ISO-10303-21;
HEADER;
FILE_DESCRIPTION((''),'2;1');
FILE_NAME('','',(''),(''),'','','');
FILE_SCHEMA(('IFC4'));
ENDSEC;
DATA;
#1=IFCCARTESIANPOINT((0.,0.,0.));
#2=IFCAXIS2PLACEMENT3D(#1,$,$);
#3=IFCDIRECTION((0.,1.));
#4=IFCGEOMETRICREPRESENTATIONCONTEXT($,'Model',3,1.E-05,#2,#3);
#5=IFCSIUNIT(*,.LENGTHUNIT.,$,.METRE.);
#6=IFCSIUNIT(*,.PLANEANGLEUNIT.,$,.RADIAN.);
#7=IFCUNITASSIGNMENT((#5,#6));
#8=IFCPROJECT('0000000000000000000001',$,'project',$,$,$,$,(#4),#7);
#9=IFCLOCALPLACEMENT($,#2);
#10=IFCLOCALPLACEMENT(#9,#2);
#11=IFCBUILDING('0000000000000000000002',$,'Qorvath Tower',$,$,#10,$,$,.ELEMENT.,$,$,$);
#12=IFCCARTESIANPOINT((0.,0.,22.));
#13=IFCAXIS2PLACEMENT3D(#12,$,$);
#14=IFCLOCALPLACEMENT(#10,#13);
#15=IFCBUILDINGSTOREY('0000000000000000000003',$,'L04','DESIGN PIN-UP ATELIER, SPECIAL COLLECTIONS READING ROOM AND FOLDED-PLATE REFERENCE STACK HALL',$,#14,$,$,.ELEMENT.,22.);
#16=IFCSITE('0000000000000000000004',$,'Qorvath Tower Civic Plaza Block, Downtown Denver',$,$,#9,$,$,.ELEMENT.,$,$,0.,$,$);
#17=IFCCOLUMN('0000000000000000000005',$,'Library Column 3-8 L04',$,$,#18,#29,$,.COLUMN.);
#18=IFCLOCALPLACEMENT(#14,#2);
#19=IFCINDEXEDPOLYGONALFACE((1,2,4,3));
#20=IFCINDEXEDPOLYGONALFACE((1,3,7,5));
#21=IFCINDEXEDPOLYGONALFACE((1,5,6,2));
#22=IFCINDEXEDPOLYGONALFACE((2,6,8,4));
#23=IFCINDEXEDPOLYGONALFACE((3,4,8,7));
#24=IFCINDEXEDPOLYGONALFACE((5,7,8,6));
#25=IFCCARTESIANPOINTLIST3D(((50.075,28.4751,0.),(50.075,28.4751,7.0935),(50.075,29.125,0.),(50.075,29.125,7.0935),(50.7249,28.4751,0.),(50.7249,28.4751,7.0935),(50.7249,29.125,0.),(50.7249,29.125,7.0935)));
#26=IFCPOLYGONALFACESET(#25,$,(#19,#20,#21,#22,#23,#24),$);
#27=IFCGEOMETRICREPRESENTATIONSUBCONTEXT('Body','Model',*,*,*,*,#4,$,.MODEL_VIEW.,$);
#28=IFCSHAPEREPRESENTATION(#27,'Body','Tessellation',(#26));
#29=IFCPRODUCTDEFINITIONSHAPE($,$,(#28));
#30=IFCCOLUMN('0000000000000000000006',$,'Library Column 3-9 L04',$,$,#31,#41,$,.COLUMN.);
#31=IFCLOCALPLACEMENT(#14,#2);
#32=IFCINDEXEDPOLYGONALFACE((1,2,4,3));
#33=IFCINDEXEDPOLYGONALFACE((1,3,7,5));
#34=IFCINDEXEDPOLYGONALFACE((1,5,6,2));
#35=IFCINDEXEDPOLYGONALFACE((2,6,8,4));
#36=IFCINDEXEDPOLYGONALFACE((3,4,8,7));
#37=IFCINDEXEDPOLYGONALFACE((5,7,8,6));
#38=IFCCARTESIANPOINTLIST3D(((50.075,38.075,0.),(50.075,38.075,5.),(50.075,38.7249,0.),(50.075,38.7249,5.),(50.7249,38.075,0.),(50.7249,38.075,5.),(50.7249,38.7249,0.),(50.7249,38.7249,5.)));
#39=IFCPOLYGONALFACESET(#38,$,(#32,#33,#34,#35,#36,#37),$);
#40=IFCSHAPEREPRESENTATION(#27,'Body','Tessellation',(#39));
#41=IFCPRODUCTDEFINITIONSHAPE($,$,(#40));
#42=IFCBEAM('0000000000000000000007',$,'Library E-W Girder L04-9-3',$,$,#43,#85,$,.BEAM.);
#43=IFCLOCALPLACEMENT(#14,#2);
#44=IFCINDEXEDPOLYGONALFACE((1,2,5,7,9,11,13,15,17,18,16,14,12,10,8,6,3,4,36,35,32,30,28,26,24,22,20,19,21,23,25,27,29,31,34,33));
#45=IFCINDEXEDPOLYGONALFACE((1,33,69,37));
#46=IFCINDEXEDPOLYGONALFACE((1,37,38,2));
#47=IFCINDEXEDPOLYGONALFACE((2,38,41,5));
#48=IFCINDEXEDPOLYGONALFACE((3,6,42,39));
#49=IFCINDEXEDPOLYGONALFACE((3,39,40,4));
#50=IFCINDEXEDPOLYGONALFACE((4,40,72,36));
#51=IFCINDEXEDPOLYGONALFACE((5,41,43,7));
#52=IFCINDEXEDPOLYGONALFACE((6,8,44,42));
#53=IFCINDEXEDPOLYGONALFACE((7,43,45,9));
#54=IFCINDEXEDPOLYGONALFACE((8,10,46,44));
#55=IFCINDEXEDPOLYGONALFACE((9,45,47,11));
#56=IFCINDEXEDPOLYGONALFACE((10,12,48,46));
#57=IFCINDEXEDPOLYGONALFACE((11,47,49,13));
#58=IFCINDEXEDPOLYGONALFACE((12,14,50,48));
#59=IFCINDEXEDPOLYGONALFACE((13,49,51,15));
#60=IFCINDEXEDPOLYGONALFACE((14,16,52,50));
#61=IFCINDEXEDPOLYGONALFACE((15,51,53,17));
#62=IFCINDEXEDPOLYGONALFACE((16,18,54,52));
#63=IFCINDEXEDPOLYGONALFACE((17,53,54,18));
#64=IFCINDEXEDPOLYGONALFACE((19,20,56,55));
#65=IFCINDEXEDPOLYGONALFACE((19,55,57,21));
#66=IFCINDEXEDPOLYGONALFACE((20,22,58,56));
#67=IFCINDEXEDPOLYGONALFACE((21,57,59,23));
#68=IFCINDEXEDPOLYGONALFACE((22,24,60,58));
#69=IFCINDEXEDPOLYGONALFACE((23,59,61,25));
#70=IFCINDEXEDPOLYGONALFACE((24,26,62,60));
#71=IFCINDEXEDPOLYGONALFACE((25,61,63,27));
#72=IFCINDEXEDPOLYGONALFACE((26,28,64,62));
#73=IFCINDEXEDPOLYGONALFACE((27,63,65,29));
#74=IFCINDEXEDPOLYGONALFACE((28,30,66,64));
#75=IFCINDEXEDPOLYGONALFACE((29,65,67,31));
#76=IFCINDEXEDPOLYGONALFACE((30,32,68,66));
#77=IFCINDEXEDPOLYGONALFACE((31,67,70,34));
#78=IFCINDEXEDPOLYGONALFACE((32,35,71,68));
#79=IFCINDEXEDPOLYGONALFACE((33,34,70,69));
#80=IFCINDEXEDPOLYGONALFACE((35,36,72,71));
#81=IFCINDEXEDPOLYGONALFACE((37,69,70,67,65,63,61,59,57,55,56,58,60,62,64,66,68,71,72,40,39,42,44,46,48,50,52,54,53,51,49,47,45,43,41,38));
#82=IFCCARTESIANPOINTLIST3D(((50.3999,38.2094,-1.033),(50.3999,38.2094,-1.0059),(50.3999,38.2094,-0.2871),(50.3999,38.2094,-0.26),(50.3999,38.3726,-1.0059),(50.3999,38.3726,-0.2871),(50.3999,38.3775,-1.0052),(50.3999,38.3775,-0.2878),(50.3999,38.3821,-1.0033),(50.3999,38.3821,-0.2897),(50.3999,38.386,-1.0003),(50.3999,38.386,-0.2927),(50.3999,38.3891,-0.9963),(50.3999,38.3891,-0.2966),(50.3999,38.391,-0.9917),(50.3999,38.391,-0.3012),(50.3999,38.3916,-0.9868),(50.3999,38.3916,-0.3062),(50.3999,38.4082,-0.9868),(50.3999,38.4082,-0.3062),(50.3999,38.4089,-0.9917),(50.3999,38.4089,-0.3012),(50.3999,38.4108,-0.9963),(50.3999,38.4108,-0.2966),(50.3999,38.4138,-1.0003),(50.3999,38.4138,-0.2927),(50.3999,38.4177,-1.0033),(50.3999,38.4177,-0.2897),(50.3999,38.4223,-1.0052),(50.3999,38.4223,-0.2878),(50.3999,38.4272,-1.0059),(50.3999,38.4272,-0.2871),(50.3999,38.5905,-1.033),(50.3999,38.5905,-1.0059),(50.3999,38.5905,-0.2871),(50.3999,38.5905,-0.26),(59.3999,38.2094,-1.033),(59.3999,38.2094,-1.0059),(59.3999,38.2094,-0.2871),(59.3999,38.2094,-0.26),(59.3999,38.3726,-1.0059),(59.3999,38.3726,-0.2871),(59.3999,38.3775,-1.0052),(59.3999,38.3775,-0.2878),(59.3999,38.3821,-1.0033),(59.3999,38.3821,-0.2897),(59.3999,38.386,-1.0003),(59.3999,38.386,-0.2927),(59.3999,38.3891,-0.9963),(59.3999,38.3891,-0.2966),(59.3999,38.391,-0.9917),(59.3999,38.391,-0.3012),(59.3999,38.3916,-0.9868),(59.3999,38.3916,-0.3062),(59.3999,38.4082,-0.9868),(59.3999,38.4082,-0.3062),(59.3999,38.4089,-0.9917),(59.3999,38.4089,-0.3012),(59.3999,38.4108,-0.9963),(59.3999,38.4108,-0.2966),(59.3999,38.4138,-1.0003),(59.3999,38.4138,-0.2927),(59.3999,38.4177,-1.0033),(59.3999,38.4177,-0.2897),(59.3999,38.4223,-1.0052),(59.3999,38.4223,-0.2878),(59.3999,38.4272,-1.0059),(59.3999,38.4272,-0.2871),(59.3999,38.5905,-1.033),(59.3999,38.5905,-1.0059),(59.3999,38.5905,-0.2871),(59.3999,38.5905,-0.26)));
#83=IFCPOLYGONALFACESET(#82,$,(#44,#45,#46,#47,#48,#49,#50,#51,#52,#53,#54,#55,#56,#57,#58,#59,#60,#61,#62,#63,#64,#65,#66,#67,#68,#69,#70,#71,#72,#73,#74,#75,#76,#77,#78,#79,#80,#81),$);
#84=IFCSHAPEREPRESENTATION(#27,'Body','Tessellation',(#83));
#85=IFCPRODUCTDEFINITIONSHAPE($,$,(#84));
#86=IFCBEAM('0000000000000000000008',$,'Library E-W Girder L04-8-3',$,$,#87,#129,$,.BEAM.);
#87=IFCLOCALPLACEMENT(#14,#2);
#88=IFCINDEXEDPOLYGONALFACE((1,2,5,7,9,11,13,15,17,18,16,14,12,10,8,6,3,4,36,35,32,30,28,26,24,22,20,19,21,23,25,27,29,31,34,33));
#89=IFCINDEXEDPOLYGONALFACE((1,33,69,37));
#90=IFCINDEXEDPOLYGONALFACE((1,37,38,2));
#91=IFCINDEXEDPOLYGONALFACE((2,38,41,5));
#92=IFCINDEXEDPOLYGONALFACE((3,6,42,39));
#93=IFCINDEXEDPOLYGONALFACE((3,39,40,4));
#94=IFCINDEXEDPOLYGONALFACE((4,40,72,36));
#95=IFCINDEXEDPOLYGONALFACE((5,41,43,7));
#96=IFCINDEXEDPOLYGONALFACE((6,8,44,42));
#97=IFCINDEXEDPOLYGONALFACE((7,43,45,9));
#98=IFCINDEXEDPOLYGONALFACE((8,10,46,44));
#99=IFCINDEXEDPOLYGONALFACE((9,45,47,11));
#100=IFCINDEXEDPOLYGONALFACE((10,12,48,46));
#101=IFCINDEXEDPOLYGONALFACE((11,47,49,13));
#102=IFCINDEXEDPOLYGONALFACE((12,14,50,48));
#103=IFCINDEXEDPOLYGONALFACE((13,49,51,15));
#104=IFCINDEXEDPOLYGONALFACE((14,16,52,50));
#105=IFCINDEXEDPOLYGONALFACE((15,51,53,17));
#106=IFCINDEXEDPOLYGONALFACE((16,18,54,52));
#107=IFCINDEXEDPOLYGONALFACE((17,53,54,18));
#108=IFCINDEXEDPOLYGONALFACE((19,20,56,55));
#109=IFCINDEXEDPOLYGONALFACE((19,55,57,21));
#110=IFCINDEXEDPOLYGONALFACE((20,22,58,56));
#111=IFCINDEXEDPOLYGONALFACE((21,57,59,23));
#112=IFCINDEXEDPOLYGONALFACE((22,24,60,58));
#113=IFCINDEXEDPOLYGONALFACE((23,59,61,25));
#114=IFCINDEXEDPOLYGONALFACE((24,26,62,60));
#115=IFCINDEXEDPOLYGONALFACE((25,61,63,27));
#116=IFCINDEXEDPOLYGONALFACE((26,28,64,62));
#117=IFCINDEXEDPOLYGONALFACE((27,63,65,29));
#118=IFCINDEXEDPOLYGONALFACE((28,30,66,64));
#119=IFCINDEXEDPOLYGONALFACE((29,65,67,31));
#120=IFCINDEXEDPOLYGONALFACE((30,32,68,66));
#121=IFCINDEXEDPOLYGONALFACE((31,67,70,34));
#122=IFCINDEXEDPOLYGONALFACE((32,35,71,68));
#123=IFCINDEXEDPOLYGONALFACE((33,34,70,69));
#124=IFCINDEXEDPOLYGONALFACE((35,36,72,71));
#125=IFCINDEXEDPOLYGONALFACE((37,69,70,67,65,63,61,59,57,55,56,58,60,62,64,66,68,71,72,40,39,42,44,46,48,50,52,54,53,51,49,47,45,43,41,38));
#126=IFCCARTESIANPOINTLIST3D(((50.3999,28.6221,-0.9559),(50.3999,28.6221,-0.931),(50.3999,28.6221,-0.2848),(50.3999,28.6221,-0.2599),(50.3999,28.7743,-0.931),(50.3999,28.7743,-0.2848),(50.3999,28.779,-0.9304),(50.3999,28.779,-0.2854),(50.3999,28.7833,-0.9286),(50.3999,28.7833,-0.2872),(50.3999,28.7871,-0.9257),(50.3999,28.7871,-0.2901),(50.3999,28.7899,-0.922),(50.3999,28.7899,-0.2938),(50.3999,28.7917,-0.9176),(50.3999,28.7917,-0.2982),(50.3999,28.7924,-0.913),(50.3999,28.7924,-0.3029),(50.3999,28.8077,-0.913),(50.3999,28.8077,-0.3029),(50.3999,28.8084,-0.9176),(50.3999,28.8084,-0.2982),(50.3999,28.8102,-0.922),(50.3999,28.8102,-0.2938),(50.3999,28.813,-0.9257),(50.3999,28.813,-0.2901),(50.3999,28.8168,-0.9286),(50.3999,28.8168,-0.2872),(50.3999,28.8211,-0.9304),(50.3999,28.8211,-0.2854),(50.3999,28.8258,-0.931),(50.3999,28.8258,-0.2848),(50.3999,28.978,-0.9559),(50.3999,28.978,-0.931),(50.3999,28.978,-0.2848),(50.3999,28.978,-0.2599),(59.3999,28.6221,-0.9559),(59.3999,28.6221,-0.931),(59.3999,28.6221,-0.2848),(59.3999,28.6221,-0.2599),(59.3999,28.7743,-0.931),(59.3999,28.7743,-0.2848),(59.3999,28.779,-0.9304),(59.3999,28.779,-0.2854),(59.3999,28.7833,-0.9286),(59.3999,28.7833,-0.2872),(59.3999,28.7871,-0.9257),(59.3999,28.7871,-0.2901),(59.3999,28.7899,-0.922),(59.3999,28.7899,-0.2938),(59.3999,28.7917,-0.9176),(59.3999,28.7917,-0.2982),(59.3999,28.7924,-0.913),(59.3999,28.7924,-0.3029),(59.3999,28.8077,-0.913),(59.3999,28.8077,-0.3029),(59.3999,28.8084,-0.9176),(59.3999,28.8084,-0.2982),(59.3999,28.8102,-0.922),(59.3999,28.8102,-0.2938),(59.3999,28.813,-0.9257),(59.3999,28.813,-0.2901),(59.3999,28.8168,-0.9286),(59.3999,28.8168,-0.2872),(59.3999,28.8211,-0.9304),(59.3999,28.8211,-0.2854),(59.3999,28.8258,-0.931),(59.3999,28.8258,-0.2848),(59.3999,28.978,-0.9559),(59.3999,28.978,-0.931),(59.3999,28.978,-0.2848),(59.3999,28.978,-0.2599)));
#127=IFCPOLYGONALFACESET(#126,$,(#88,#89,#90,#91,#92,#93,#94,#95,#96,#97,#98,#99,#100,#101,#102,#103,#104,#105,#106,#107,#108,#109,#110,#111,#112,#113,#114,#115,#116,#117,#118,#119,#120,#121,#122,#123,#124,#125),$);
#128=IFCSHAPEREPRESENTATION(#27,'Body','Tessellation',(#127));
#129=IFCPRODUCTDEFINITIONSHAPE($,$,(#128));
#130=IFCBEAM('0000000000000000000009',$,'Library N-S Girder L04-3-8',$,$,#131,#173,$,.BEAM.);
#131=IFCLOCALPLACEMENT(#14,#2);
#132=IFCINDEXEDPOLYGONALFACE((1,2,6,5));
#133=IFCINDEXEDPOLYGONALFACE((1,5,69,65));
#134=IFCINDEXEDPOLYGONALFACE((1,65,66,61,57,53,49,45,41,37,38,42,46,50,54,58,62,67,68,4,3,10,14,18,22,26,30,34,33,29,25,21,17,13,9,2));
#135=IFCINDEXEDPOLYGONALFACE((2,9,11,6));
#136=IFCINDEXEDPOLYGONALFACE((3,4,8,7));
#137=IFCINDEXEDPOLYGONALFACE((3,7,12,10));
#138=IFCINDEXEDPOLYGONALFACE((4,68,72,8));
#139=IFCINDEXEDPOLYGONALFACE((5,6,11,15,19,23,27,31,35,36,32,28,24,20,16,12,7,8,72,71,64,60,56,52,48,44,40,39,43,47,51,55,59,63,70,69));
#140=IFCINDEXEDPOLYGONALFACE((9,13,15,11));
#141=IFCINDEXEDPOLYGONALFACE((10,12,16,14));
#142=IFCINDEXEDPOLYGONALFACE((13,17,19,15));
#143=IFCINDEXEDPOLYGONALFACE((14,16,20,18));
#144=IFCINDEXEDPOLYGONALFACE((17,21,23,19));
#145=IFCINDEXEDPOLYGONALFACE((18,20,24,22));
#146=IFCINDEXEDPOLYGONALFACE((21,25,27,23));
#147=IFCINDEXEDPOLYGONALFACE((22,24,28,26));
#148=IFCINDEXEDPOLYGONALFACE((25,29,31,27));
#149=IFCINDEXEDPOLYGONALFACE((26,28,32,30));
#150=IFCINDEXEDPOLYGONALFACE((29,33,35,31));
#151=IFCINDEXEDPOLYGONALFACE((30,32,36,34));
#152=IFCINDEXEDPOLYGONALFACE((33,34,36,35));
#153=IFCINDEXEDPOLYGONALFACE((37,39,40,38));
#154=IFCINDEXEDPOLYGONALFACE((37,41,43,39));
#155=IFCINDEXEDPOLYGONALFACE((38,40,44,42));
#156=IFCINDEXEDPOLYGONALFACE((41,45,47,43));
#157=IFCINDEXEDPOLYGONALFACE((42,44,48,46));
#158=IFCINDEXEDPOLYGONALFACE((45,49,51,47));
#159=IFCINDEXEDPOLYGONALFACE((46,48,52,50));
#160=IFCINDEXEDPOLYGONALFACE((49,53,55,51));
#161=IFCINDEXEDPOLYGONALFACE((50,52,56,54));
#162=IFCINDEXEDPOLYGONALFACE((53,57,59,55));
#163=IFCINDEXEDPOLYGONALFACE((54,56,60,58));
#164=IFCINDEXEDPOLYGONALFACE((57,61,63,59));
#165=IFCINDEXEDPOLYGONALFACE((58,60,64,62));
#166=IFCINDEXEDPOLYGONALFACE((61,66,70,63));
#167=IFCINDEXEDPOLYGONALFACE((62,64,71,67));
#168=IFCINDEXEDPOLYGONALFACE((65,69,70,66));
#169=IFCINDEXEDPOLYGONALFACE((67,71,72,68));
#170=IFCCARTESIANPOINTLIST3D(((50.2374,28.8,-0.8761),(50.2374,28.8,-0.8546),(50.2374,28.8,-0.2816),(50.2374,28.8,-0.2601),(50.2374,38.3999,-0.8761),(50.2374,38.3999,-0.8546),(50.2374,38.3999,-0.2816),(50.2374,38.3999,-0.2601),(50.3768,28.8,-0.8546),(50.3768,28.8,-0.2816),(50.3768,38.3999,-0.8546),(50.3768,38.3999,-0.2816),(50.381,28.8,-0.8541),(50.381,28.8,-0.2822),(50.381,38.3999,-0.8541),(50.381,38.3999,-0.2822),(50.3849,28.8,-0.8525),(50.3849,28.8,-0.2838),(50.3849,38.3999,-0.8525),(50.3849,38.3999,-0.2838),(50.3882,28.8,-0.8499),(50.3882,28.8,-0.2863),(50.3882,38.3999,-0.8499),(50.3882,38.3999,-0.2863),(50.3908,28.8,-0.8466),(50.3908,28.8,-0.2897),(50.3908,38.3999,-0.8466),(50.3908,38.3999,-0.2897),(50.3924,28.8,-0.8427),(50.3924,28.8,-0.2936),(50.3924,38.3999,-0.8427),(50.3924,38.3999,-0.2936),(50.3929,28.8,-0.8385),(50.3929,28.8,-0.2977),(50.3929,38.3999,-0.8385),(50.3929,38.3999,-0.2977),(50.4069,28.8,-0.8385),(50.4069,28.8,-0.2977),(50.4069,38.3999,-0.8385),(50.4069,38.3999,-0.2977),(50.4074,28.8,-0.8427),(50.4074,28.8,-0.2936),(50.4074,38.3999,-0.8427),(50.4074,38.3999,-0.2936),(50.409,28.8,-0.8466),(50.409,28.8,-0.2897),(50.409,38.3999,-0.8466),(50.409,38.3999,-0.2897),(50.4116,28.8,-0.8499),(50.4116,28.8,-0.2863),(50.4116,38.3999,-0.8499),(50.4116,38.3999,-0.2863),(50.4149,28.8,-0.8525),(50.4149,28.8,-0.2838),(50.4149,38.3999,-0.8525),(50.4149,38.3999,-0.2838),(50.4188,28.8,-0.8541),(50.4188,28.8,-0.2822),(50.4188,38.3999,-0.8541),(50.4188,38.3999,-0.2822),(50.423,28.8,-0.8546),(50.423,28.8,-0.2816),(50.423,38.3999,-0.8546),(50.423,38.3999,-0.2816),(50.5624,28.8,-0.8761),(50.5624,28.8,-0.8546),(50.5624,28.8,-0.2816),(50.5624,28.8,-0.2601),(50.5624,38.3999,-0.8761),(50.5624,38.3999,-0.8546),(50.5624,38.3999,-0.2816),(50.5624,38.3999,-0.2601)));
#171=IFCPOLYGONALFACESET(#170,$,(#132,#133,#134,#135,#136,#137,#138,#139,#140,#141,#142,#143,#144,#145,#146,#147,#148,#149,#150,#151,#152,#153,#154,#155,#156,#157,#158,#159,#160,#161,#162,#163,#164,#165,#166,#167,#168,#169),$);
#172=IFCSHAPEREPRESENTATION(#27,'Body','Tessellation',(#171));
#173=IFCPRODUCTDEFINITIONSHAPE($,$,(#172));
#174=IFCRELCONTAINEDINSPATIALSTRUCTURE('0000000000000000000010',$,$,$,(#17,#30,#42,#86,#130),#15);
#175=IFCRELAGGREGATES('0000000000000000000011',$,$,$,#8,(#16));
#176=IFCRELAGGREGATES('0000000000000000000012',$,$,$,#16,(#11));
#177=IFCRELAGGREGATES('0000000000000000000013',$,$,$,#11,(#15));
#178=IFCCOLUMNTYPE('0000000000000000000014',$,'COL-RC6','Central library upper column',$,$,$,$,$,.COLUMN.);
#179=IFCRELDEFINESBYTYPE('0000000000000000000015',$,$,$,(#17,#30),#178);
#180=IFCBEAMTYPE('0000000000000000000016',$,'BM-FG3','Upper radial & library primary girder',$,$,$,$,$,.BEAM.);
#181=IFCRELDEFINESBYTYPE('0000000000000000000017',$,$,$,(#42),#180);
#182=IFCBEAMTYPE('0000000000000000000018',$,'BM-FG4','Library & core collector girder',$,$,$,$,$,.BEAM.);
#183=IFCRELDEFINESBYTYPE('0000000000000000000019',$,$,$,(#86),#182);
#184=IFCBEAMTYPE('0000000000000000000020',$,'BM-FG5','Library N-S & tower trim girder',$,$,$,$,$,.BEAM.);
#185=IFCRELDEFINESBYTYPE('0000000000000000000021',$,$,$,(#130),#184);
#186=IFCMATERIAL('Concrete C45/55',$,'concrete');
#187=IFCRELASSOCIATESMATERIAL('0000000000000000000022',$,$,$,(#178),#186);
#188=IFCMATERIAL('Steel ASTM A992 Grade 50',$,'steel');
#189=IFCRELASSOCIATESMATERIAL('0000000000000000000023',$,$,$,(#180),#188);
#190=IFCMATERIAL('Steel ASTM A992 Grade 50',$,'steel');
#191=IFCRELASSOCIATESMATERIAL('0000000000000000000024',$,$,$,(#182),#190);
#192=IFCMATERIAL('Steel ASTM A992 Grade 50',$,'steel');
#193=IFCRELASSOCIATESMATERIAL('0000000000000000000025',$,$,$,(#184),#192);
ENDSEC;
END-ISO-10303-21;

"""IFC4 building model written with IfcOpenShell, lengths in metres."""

from ifc_helpers import new_model, si_unit, direction, frame, origin, origin_2d, place, context, subcontext, project, spatial, rectangle, i_section, extrude, material, material_profile, profile_set, type_object, element, save


model = new_model("IFC4")

# Units and contexts
model_context = context("Model", 3, precision=1e-05, world=origin(), true_north=direction((0.0, 1.0)))
body_context = subcontext(model_context, "Body", "Model", "MODEL_VIEW")
ifc_project = project(units=[si_unit("LENGTHUNIT", "METRE"), si_unit("PLANEANGLEUNIT", "RADIAN")], contexts=[model_context])

# Site, building, storey
site_placement = place(None, origin())
site = spatial("IfcSite", under=ifc_project, at=site_placement, Name="Qorvath Tower Civic Plaza Block, Downtown Denver", CompositionType="ELEMENT", RefElevation=0.0)
building_placement = place(site_placement, origin())
building = spatial("IfcBuilding", under=site, at=building_placement, Name="Qorvath Tower", CompositionType="ELEMENT")
storey_placement = place(building_placement, frame((0.0, 0.0, 22.0)))
storey = spatial("IfcBuildingStorey", under=building, at=storey_placement, Name="L04", Description="DESIGN PIN-UP ATELIER, SPECIAL COLLECTIONS READING ROOM AND FOLDED-PLATE REFERENCE STACK HALL", CompositionType="ELEMENT", Elevation=22.0)

# Columns
ifc_material_1 = material(Name="Concrete C45/55", Category="concrete")
ifc_material_profile_1 = material_profile(ifc_material_1, rectangle(XDim=0.6499, YDim=0.6499, at=origin_2d()), Name="RC 650x650")
ifc_profile_set_1 = profile_set([ifc_material_profile_1], Name="Concrete C45/55")
column_type = type_object("IfcColumnType", Name="COL-RC6", Description="Central library upper column", PredefinedType="COLUMN", material=ifc_profile_set_1)
column_1_placement = place(storey_placement, frame((50.3999, 28.8, 0.0), z_axis=(0.0, 0.0, 1.0), x_axis=(1.0, 0.0, 0.0)))
element("IfcColumn", 1, at=column_1_placement, inside=storey, type_object=column_type, Name="Library Column 3-8 L04", PredefinedType="COLUMN", context=body_context, shape_type="SweptSolid", body=[
    extrude(rectangle(XDim=0.6499, YDim=0.6499, at=origin_2d()), origin(), (0.0, 0.0, 1.0), 7.0935),
])
column_2_placement = place(storey_placement, frame((50.3999, 38.3999, 0.0), z_axis=(0.0, 0.0, 1.0), x_axis=(1.0, 0.0, 0.0)))
element("IfcColumn", 2, at=column_2_placement, inside=storey, type_object=column_type, Name="Library Column 3-9 L04", PredefinedType="COLUMN", context=body_context, shape_type="SweptSolid", body=[
    extrude(rectangle(XDim=0.6499, YDim=0.6499, at=origin_2d()), origin(), (0.0, 0.0, 1.0), 5.0),
])

# Beams
ifc_material_2 = material(Name="Steel ASTM A992 Grade 50", Category="steel")
ifc_material_profile_2 = material_profile(ifc_material_2, i_section(OverallWidth=0.3811, OverallDepth=0.7729, WebThickness=0.0166, FlangeThickness=0.0271, FilletRadius=0.019, at=origin_2d()), Name="W30x173")
ifc_profile_set_2 = profile_set([ifc_material_profile_2], Name="Steel ASTM A992 Grade 50")
beam_type_1 = type_object("IfcBeamType", Name="BM-FG3", Description="Upper radial & library primary girder", PredefinedType="BEAM", material=ifc_profile_set_2)
beam_1_placement = place(storey_placement, frame((50.3999, 38.3999, -0.6465), z_axis=(1.0, 0.0, 0.0), x_axis=(0.0, 1.0, 0.0)))
element("IfcBeam", 3, at=beam_1_placement, inside=storey, type_object=beam_type_1, Name="Library E-W Girder L04-9-3", PredefinedType="BEAM", context=body_context, shape_type="SweptSolid", body=[
    extrude(i_section(OverallWidth=0.3811, OverallDepth=0.7729, WebThickness=0.0166, FlangeThickness=0.0271, FilletRadius=0.019, at=origin_2d()), origin(), (0.0, 0.0, 1.0), 9.0),
])
ifc_material_3 = material(Name="Steel ASTM A992 Grade 50", Category="steel")
ifc_material_profile_3 = material_profile(ifc_material_3, i_section(OverallWidth=0.356, OverallDepth=0.696, WebThickness=0.0154, FlangeThickness=0.0249, FilletRadius=0.0181, at=origin_2d()), Name="W27x146")
ifc_profile_set_3 = profile_set([ifc_material_profile_3], Name="Steel ASTM A992 Grade 50")
beam_type_2 = type_object("IfcBeamType", Name="BM-FG4", Description="Library & core collector girder", PredefinedType="BEAM", material=ifc_profile_set_3)
beam_2_placement = place(storey_placement, frame((50.3999, 28.8, -0.6079), z_axis=(1.0, 0.0, 0.0), x_axis=(0.0, 1.0, 0.0)))
element("IfcBeam", 4, at=beam_2_placement, inside=storey, type_object=beam_type_2, Name="Library E-W Girder L04-8-3", PredefinedType="BEAM", context=body_context, shape_type="SweptSolid", body=[
    extrude(i_section(OverallWidth=0.356, OverallDepth=0.696, WebThickness=0.0154, FlangeThickness=0.0249, FilletRadius=0.0181, at=origin_2d()), origin(), (0.0, 0.0, 1.0), 9.0),
])
ifc_material_4 = material(Name="Steel ASTM A992 Grade 50", Category="steel")
ifc_material_profile_4 = material_profile(ifc_material_4, i_section(OverallWidth=0.325, OverallDepth=0.616, WebThickness=0.0139, FlangeThickness=0.0215, FilletRadius=0.0161, at=origin_2d()), Name="W24x117")
ifc_profile_set_4 = profile_set([ifc_material_profile_4], Name="Steel ASTM A992 Grade 50")
beam_type_3 = type_object("IfcBeamType", Name="BM-FG5", Description="Library N-S & tower trim girder", PredefinedType="BEAM", material=ifc_profile_set_4)
beam_3_placement = place(storey_placement, frame((50.3999, 28.8, -0.5681), z_axis=(0.0, 1.0, 0.0), x_axis=(-1.0, 0.0, 0.0)))
element("IfcBeam", 5, at=beam_3_placement, inside=storey, type_object=beam_type_3, Name="Library N-S Girder L04-3-8", PredefinedType="BEAM", context=body_context, shape_type="SweptSolid", body=[
    extrude(i_section(OverallWidth=0.325, OverallDepth=0.616, WebThickness=0.0139, FlangeThickness=0.0215, FilletRadius=0.0161, at=origin_2d()), origin(), (0.0, 0.0, 1.0), 9.5999),
])

save(model, "model.ifc")
